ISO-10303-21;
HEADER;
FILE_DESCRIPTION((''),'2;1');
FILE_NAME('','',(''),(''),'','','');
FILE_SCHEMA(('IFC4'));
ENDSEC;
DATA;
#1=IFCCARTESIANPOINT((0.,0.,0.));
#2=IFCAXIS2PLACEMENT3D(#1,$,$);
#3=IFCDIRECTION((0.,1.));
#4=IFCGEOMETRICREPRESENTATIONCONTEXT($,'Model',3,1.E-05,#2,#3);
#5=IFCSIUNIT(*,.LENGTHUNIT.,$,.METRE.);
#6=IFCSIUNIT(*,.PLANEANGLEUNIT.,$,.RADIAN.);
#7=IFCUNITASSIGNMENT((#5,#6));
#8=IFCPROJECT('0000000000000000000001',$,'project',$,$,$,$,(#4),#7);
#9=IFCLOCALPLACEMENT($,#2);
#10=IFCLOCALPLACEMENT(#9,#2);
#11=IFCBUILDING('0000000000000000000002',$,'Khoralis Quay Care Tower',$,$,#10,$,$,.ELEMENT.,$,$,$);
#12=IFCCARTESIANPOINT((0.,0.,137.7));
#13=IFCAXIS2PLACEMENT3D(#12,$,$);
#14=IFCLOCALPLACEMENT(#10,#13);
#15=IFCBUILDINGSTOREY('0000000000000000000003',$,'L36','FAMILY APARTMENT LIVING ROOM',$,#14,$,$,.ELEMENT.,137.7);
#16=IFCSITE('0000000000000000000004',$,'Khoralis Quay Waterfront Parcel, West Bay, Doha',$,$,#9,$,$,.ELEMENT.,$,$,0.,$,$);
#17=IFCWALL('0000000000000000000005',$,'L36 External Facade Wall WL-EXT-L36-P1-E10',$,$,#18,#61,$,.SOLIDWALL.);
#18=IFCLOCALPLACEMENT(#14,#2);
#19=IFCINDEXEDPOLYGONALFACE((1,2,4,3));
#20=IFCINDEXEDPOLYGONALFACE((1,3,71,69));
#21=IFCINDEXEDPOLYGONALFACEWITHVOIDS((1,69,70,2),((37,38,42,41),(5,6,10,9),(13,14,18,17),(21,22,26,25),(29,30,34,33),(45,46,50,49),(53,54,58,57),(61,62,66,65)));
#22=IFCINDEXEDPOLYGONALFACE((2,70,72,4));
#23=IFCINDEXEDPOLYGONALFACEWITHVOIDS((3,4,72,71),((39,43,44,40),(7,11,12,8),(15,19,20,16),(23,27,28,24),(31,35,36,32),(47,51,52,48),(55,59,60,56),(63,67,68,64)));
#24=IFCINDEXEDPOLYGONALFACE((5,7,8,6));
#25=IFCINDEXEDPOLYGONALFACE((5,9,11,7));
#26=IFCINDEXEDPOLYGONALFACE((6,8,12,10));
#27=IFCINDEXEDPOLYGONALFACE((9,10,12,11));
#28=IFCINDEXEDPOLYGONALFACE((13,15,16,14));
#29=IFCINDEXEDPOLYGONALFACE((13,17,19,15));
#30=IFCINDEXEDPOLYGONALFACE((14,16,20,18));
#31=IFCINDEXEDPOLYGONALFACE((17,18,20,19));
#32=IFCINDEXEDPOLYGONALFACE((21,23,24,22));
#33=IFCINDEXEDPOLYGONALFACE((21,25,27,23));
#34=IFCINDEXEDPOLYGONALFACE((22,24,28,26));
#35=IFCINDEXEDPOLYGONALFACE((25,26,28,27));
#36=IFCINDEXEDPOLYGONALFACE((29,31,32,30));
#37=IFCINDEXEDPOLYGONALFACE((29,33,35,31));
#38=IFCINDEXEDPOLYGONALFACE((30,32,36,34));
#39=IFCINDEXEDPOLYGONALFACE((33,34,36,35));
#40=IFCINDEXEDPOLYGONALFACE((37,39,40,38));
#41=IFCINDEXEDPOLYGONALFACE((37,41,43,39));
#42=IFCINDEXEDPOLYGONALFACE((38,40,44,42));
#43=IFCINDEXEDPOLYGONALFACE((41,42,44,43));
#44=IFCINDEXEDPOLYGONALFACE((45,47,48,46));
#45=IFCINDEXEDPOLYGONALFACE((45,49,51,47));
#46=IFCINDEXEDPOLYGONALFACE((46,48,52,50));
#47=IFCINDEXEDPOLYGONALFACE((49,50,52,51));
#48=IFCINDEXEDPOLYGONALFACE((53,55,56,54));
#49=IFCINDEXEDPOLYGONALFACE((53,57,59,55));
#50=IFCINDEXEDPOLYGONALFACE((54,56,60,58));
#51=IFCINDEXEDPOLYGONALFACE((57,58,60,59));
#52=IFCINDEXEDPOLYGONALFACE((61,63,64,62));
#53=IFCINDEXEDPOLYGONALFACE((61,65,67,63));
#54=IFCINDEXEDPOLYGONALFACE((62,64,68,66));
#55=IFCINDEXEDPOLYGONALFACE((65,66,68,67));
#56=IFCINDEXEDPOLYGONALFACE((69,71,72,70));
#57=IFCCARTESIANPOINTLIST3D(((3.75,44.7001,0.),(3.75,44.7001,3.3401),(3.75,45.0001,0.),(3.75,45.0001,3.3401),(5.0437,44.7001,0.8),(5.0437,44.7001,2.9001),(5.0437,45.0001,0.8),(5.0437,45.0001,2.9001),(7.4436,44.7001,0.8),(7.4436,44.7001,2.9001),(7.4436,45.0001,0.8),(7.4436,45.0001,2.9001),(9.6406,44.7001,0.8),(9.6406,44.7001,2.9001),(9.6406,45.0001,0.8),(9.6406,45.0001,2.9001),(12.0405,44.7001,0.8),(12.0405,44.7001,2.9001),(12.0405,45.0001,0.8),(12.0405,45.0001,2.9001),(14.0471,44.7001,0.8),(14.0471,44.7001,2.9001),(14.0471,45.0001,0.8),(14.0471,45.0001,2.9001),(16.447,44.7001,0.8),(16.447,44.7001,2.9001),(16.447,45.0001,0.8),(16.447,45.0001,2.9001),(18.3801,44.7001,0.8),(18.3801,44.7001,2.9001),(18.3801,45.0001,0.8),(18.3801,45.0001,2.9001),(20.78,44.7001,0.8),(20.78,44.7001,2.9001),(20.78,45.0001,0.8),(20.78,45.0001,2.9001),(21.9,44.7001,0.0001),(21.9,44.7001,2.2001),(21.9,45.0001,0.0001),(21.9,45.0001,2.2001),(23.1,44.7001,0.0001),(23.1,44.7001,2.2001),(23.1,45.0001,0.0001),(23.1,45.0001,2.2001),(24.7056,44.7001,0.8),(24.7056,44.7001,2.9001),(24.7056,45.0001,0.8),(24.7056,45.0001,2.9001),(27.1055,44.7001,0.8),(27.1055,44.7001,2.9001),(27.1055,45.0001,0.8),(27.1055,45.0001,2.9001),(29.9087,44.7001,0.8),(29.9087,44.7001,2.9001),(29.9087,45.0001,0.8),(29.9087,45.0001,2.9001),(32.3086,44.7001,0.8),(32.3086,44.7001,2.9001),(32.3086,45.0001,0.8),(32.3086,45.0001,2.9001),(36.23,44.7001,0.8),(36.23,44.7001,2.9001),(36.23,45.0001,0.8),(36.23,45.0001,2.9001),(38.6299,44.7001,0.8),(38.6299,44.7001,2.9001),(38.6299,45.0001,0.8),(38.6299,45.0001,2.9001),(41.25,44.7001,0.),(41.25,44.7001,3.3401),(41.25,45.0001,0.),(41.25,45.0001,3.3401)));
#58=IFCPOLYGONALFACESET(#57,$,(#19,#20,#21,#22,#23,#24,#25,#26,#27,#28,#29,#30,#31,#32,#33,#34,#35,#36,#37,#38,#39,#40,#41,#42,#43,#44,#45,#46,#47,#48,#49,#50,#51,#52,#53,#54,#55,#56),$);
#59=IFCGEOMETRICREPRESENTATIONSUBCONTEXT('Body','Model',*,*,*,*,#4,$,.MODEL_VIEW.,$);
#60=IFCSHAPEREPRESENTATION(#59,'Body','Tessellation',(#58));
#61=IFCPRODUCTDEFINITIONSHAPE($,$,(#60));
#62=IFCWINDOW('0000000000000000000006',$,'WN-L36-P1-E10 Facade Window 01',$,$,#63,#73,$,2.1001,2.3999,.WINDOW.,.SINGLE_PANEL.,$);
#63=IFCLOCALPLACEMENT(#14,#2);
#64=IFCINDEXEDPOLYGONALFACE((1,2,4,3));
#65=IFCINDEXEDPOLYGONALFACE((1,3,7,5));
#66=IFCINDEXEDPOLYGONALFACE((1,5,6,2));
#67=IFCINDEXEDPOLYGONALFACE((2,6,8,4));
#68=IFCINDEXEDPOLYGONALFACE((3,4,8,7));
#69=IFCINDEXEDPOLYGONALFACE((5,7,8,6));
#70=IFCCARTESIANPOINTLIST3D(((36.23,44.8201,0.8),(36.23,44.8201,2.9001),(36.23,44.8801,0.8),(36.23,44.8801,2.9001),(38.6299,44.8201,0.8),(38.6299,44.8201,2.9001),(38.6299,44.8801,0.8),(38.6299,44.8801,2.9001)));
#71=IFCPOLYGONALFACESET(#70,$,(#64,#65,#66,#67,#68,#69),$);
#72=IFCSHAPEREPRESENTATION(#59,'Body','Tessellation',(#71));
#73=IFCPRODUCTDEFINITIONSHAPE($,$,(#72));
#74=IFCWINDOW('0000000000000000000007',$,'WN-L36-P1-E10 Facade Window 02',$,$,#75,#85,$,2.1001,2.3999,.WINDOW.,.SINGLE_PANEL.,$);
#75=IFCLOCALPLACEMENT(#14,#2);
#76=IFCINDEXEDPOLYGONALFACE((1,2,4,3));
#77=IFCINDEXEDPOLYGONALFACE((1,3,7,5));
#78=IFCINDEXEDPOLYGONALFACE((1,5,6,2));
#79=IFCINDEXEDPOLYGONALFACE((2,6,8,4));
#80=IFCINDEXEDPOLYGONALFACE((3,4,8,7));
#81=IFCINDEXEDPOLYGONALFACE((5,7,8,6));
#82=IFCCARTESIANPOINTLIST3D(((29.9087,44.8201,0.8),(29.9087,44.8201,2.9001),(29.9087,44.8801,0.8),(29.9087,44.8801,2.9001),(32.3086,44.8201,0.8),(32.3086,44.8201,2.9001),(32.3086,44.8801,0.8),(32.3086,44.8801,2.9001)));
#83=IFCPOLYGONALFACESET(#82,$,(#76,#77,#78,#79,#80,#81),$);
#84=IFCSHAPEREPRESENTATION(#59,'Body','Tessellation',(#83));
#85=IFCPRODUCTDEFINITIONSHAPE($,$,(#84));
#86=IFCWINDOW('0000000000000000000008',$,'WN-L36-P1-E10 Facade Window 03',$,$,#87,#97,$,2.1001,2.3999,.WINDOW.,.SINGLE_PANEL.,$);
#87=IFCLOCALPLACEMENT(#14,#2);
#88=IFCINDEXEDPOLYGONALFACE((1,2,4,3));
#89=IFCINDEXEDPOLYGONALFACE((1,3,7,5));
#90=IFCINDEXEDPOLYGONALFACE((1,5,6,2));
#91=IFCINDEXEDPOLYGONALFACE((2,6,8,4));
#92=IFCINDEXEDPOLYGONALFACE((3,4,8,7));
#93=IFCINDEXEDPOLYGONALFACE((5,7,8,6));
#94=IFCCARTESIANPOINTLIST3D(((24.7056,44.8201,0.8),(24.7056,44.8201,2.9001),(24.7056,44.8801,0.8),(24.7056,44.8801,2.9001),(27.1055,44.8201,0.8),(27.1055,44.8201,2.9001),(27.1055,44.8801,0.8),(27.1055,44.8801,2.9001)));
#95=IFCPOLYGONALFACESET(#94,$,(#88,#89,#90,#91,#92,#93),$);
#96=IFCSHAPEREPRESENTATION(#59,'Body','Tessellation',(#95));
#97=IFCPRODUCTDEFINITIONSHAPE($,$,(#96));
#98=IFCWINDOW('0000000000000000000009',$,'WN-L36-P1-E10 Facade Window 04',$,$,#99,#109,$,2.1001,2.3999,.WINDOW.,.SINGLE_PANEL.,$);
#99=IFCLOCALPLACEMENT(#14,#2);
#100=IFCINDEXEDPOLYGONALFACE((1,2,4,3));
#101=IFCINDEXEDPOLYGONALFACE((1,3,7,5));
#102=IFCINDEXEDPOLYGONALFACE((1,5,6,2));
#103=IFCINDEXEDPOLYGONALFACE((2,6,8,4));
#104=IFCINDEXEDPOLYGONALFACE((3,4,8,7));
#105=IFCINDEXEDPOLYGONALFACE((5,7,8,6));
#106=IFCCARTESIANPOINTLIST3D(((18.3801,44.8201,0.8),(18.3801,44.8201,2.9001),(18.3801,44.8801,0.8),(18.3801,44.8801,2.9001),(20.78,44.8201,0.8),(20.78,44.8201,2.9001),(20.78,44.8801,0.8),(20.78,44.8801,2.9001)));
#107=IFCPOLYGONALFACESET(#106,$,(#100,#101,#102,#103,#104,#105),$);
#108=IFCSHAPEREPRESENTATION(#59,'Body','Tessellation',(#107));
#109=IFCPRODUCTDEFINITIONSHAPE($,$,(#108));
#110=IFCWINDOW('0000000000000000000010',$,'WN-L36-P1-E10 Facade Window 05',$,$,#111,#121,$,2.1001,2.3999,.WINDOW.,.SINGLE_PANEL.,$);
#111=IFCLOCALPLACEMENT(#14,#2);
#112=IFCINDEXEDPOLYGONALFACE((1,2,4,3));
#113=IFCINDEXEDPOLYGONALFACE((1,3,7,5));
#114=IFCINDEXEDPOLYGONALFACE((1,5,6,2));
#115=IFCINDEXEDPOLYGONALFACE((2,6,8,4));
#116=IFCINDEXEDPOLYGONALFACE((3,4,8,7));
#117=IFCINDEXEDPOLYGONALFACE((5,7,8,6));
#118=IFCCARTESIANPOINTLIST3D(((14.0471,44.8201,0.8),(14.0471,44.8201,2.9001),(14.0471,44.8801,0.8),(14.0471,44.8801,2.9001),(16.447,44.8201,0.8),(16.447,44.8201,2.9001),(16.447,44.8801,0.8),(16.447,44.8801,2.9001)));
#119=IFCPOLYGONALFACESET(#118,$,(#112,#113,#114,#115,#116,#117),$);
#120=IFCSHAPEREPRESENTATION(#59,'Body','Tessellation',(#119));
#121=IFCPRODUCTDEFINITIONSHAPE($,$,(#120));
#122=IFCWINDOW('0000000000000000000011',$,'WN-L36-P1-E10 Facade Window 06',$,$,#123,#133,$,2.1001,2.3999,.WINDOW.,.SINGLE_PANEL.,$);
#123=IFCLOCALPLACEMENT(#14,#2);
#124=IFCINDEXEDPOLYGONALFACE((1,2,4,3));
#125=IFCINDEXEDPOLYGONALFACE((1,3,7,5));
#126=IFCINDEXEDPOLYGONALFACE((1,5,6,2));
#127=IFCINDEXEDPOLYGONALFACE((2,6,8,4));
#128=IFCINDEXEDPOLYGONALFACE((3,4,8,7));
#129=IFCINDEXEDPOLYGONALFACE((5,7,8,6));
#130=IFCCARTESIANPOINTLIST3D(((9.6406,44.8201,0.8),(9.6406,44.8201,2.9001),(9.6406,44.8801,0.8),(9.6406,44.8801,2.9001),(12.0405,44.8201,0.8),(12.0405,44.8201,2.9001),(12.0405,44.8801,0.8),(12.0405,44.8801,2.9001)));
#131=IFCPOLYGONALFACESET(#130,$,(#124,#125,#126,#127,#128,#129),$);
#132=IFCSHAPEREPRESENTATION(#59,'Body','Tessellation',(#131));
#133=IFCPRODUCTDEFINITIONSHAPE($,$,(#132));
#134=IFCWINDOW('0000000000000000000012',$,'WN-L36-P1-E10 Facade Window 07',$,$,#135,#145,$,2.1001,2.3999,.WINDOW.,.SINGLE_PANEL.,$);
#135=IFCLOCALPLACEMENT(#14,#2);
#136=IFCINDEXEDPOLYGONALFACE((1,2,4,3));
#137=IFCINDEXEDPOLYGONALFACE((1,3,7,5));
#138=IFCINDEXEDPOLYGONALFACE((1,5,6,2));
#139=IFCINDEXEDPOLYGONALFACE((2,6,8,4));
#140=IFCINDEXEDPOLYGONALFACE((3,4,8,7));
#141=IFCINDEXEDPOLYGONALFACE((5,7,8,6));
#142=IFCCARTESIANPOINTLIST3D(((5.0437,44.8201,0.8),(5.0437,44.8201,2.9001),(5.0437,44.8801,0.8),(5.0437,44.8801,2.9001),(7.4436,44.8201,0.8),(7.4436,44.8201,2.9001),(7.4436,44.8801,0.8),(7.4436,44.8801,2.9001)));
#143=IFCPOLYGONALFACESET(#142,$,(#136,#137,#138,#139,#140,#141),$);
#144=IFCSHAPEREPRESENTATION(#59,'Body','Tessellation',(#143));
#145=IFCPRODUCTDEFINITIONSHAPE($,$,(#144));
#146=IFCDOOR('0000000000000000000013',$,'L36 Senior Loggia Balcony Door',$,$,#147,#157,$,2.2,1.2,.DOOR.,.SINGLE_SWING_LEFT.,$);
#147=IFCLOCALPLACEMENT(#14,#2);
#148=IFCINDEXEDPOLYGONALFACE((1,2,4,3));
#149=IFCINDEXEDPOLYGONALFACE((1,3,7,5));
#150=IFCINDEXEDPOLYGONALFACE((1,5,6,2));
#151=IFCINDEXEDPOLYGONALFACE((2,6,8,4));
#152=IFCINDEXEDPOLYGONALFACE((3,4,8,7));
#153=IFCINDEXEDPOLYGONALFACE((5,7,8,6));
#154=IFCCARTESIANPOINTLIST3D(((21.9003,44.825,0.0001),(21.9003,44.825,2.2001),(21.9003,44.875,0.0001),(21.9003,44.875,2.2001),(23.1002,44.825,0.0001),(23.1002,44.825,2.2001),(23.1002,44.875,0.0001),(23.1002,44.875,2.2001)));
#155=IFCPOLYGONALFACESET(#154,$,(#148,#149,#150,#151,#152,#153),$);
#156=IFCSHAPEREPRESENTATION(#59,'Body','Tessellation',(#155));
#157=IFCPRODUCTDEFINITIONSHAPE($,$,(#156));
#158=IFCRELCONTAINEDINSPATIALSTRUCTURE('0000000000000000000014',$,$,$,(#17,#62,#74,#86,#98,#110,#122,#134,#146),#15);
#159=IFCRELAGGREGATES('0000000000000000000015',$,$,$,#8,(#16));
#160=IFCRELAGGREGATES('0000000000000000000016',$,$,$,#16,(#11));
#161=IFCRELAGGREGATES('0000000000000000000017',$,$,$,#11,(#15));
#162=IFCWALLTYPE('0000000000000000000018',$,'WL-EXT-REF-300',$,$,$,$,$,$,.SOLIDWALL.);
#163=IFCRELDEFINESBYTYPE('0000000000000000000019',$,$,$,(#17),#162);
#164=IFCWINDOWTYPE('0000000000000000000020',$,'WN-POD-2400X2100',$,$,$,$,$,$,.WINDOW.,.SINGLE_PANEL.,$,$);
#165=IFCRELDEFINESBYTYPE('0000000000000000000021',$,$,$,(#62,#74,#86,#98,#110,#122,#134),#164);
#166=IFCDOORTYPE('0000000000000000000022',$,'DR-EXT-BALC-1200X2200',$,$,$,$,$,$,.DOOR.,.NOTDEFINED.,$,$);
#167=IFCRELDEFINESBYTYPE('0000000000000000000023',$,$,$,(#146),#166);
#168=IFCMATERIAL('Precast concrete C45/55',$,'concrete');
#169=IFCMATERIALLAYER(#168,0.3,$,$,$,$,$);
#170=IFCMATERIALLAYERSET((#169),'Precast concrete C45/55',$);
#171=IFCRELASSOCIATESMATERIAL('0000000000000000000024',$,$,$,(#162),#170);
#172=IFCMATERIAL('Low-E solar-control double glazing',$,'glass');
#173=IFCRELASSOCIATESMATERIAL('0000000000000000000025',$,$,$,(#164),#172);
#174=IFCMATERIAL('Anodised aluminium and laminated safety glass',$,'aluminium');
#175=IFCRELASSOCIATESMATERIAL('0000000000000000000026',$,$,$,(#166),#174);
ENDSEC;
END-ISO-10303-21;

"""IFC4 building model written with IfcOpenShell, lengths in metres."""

from ifc_helpers import new_model, si_unit, direction, frame, frame_2d, origin, place, context, subcontext, project, spatial, rectangle, extrude, source, transform, mapped, material, layer, layer_set, type_object, element, fill, save


model = new_model("IFC4")

# Units and contexts
model_context = context("Model", 3, precision=1e-05, world=origin(), true_north=direction((0.0, 1.0)))
body_context = subcontext(model_context, "Body", "Model", "MODEL_VIEW")
ifc_project = project(units=[si_unit("LENGTHUNIT", "METRE"), si_unit("PLANEANGLEUNIT", "RADIAN")], contexts=[model_context])

# Site, building, storey
site_placement = place(None, origin())
site = spatial("IfcSite", under=ifc_project, at=site_placement, Name="Khoralis Quay Waterfront Parcel, West Bay, Doha", CompositionType="ELEMENT", RefElevation=0.0)
building_placement = place(site_placement, origin())
building = spatial("IfcBuilding", under=site, at=building_placement, Name="Khoralis Quay Care Tower", CompositionType="ELEMENT")
storey_placement = place(building_placement, frame((0.0, 0.0, 137.7)))
storey = spatial("IfcBuildingStorey", under=building, at=storey_placement, Name="L36", Description="FAMILY APARTMENT LIVING ROOM", CompositionType="ELEMENT", Elevation=137.7)

# Shared definitions
ifc_material_1 = material(Name="Precast concrete C45/55", Category="concrete")
ifc_layer_1 = layer(ifc_material_1, 0.3)
ifc_layer_set_1 = layer_set([ifc_layer_1], Name="Precast concrete C45/55")
wall_type_1 = type_object("IfcWallType", Name="WL-EXT-REF-300", PredefinedType="SOLIDWALL", material=ifc_layer_set_1)
ifc_material_2 = material(Name="Low-E solar-control double glazing", Category="glass")
window_type = type_object("IfcWindowType", Name="WN-POD-2400X2100", PartitioningType="SINGLE_PANEL", PredefinedType="WINDOW", material=ifc_material_2)
shared_shape_1 = source(origin(), body_context, "Body", "SweptSolid", [
    extrude(rectangle(XDim=2.3999, YDim=2.1001, at=frame_2d((1.2, 1.05))), frame((0.0, 0.03, 0.0), z_axis=(0.0, -1.0, 0.0), x_axis=(1.0, 0.0, 0.0)), (0.0, 0.0, 1.0), 0.0601),
])

# Wall, openings, windows, door
wall_1_placement = place(storey_placement, frame((41.25, 44.8501, 0.0), z_axis=(0.0, 0.0, 1.0), x_axis=(-1.0, 0.0, 0.0)))
wall_1 = element("IfcWall", 1, at=wall_1_placement, inside=storey, type_object=wall_type_1, Name="L36 External Facade Wall WL-EXT-L36-P1-E10", PredefinedType="SOLIDWALL", context=body_context, shape_type="SweptSolid", body=[
    extrude(rectangle(XDim=37.5, YDim=0.3, at=frame_2d((18.75, 0.0))), origin(), (0.0, 0.0, 1.0), 3.3401),
])
opening_1_placement = place(wall_1_placement, frame((2.6201, 0.0, 0.8)))
opening_1 = element("IfcOpeningElement", 2, at=opening_1_placement, cuts=wall_1, PredefinedType="OPENING", context=body_context, shape_type="SweptSolid", body=[
    extrude(rectangle(XDim=2.3999, YDim=2.1001, at=frame_2d((1.2, 1.05))), frame((0.0, 0.1602, 0.0), z_axis=(0.0, -1.0, 0.0), x_axis=(1.0, 0.0, 0.0)), (0.0, 0.0, 1.0), 0.3201),
])
opening_2_placement = place(wall_1_placement, frame((8.9414, 0.0, 0.8)))
opening_2 = element("IfcOpeningElement", 3, at=opening_2_placement, cuts=wall_1, PredefinedType="OPENING", context=body_context, shape_type="SweptSolid", body=[
    extrude(rectangle(XDim=2.3999, YDim=2.1001, at=frame_2d((1.2, 1.05))), frame((0.0, 0.1602, 0.0), z_axis=(0.0, -1.0, 0.0), x_axis=(1.0, 0.0, 0.0)), (0.0, 0.0, 1.0), 0.3201),
])
opening_3_placement = place(wall_1_placement, frame((14.1445, 0.0, 0.8)))
opening_3 = element("IfcOpeningElement", 4, at=opening_3_placement, cuts=wall_1, PredefinedType="OPENING", context=body_context, shape_type="SweptSolid", body=[
    extrude(rectangle(XDim=2.3999, YDim=2.1001, at=frame_2d((1.2, 1.05))), frame((0.0, 0.1602, 0.0), z_axis=(0.0, -1.0, 0.0), x_axis=(1.0, 0.0, 0.0)), (0.0, 0.0, 1.0), 0.3201),
])
opening_4_placement = place(wall_1_placement, frame((20.47, 0.0, 0.8)))
opening_4 = element("IfcOpeningElement", 5, at=opening_4_placement, cuts=wall_1, PredefinedType="OPENING", context=body_context, shape_type="SweptSolid", body=[
    extrude(rectangle(XDim=2.3999, YDim=2.1001, at=frame_2d((1.2, 1.05))), frame((0.0, 0.1602, 0.0), z_axis=(0.0, -1.0, 0.0), x_axis=(1.0, 0.0, 0.0)), (0.0, 0.0, 1.0), 0.3201),
])
opening_5_placement = place(wall_1_placement, frame((24.803, 0.0, 0.8)))
opening_5 = element("IfcOpeningElement", 6, at=opening_5_placement, cuts=wall_1, PredefinedType="OPENING", context=body_context, shape_type="SweptSolid", body=[
    extrude(rectangle(XDim=2.3999, YDim=2.1001, at=frame_2d((1.2, 1.05))), frame((0.0, 0.1602, 0.0), z_axis=(0.0, -1.0, 0.0), x_axis=(1.0, 0.0, 0.0)), (0.0, 0.0, 1.0), 0.3201),
])
opening_6_placement = place(wall_1_placement, frame((29.2095, 0.0, 0.8)))
opening_6 = element("IfcOpeningElement", 7, at=opening_6_placement, cuts=wall_1, PredefinedType="OPENING", context=body_context, shape_type="SweptSolid", body=[
    extrude(rectangle(XDim=2.3999, YDim=2.1001, at=frame_2d((1.2, 1.05))), frame((0.0, 0.1602, 0.0), z_axis=(0.0, -1.0, 0.0), x_axis=(1.0, 0.0, 0.0)), (0.0, 0.0, 1.0), 0.3201),
])
opening_7_placement = place(wall_1_placement, frame((33.8064, 0.0, 0.8)))
opening_7 = element("IfcOpeningElement", 8, at=opening_7_placement, cuts=wall_1, PredefinedType="OPENING", context=body_context, shape_type="SweptSolid", body=[
    extrude(rectangle(XDim=2.3999, YDim=2.1001, at=frame_2d((1.2, 1.05))), frame((0.0, 0.1602, 0.0), z_axis=(0.0, -1.0, 0.0), x_axis=(1.0, 0.0, 0.0)), (0.0, 0.0, 1.0), 0.3201),
])
opening_8_placement = place(wall_1_placement, frame((18.1499, 0.0, 0.0)))
opening_8 = element("IfcOpeningElement", 9, at=opening_8_placement, cuts=wall_1, PredefinedType="OPENING", context=body_context, shape_type="SweptSolid", body=[
    extrude(rectangle(XDim=1.2, YDim=2.2, at=frame_2d((0.6001, 1.1001))), frame((0.0, 0.1602, 0.0), z_axis=(0.0, -1.0, 0.0), x_axis=(1.0, 0.0, 0.0)), (0.0, 0.0, 1.0), 0.3201),
])
window_1_placement = place(opening_1_placement, origin())
window_1 = element("IfcWindow", 10, at=window_1_placement, inside=storey, type_object=window_type, Name="WN-L36-P1-E10 Facade Window 01", OverallHeight=2.1001, OverallWidth=2.3999, PartitioningType="SINGLE_PANEL", PredefinedType="WINDOW", context=body_context, shape_type="MappedRepresentation", body=[
    mapped(shared_shape_1, transform((0.0, 0.0, 0.0), scale=1.0)),
])
fill(opening_1, window_1)
window_2_placement = place(opening_2_placement, origin())
window_2 = element("IfcWindow", 11, at=window_2_placement, inside=storey, type_object=window_type, Name="WN-L36-P1-E10 Facade Window 02", OverallHeight=2.1001, OverallWidth=2.3999, PartitioningType="SINGLE_PANEL", PredefinedType="WINDOW", context=body_context, shape_type="MappedRepresentation", body=[
    mapped(shared_shape_1, transform((0.0, 0.0, 0.0), scale=1.0)),
])
fill(opening_2, window_2)
window_3_placement = place(opening_3_placement, origin())
window_3 = element("IfcWindow", 12, at=window_3_placement, inside=storey, type_object=window_type, Name="WN-L36-P1-E10 Facade Window 03", OverallHeight=2.1001, OverallWidth=2.3999, PartitioningType="SINGLE_PANEL", PredefinedType="WINDOW", context=body_context, shape_type="MappedRepresentation", body=[
    mapped(shared_shape_1, transform((0.0, 0.0, 0.0), scale=1.0)),
])
fill(opening_3, window_3)
window_4_placement = place(opening_4_placement, origin())
window_4 = element("IfcWindow", 13, at=window_4_placement, inside=storey, type_object=window_type, Name="WN-L36-P1-E10 Facade Window 04", OverallHeight=2.1001, OverallWidth=2.3999, PartitioningType="SINGLE_PANEL", PredefinedType="WINDOW", context=body_context, shape_type="MappedRepresentation", body=[
    mapped(shared_shape_1, transform((0.0, 0.0, 0.0), scale=1.0)),
])
fill(opening_4, window_4)
window_5_placement = place(opening_5_placement, origin())
window_5 = element("IfcWindow", 14, at=window_5_placement, inside=storey, type_object=window_type, Name="WN-L36-P1-E10 Facade Window 05", OverallHeight=2.1001, OverallWidth=2.3999, PartitioningType="SINGLE_PANEL", PredefinedType="WINDOW", context=body_context, shape_type="MappedRepresentation", body=[
    mapped(shared_shape_1, transform((0.0, 0.0, 0.0), scale=1.0)),
])
fill(opening_5, window_5)
window_6_placement = place(opening_6_placement, origin())
window_6 = element("IfcWindow", 15, at=window_6_placement, inside=storey, type_object=window_type, Name="WN-L36-P1-E10 Facade Window 06", OverallHeight=2.1001, OverallWidth=2.3999, PartitioningType="SINGLE_PANEL", PredefinedType="WINDOW", context=body_context, shape_type="MappedRepresentation", body=[
    mapped(shared_shape_1, transform((0.0, 0.0, 0.0), scale=1.0)),
])
fill(opening_6, window_6)
window_7_placement = place(opening_7_placement, origin())
window_7 = element("IfcWindow", 16, at=window_7_placement, inside=storey, type_object=window_type, Name="WN-L36-P1-E10 Facade Window 07", OverallHeight=2.1001, OverallWidth=2.3999, PartitioningType="SINGLE_PANEL", PredefinedType="WINDOW", context=body_context, shape_type="MappedRepresentation", body=[
    mapped(shared_shape_1, transform((0.0, 0.0, 0.0), scale=1.0)),
])
fill(opening_7, window_7)
ifc_material_3 = material(Name="Anodised aluminium and laminated safety glass", Category="aluminium")
door_type = type_object("IfcDoorType", Name="DR-EXT-BALC-1200X2200", OperationType="NOTDEFINED", PredefinedType="DOOR", material=ifc_material_3)
shared_shape_2 = source(origin(), body_context, "Body", "SweptSolid", [
    extrude(rectangle(XDim=1.2, YDim=2.2, at=frame_2d((0.6001, 1.1001))), frame((0.0, 0.0249, 0.0), z_axis=(0.0, -1.0, 0.0), x_axis=(1.0, 0.0, 0.0)), (0.0, 0.0, 1.0), 0.05),
])
door_placement = place(opening_8_placement, frame((1.2, 0.0, 0.0), z_axis=(0.0, 0.0, 1.0), x_axis=(-1.0, 0.0, 0.0)))
door = element("IfcDoor", 17, at=door_placement, inside=storey, type_object=door_type, Name="L36 Senior Loggia Balcony Door", OperationType="SINGLE_SWING_LEFT", OverallHeight=2.2, OverallWidth=1.2, PredefinedType="DOOR", context=body_context, shape_type="MappedRepresentation", body=[
    mapped(shared_shape_2, transform((0.0, 0.0, 0.0), scale=1.0)),
])
fill(opening_8, door)

save(model, "model.ifc")
